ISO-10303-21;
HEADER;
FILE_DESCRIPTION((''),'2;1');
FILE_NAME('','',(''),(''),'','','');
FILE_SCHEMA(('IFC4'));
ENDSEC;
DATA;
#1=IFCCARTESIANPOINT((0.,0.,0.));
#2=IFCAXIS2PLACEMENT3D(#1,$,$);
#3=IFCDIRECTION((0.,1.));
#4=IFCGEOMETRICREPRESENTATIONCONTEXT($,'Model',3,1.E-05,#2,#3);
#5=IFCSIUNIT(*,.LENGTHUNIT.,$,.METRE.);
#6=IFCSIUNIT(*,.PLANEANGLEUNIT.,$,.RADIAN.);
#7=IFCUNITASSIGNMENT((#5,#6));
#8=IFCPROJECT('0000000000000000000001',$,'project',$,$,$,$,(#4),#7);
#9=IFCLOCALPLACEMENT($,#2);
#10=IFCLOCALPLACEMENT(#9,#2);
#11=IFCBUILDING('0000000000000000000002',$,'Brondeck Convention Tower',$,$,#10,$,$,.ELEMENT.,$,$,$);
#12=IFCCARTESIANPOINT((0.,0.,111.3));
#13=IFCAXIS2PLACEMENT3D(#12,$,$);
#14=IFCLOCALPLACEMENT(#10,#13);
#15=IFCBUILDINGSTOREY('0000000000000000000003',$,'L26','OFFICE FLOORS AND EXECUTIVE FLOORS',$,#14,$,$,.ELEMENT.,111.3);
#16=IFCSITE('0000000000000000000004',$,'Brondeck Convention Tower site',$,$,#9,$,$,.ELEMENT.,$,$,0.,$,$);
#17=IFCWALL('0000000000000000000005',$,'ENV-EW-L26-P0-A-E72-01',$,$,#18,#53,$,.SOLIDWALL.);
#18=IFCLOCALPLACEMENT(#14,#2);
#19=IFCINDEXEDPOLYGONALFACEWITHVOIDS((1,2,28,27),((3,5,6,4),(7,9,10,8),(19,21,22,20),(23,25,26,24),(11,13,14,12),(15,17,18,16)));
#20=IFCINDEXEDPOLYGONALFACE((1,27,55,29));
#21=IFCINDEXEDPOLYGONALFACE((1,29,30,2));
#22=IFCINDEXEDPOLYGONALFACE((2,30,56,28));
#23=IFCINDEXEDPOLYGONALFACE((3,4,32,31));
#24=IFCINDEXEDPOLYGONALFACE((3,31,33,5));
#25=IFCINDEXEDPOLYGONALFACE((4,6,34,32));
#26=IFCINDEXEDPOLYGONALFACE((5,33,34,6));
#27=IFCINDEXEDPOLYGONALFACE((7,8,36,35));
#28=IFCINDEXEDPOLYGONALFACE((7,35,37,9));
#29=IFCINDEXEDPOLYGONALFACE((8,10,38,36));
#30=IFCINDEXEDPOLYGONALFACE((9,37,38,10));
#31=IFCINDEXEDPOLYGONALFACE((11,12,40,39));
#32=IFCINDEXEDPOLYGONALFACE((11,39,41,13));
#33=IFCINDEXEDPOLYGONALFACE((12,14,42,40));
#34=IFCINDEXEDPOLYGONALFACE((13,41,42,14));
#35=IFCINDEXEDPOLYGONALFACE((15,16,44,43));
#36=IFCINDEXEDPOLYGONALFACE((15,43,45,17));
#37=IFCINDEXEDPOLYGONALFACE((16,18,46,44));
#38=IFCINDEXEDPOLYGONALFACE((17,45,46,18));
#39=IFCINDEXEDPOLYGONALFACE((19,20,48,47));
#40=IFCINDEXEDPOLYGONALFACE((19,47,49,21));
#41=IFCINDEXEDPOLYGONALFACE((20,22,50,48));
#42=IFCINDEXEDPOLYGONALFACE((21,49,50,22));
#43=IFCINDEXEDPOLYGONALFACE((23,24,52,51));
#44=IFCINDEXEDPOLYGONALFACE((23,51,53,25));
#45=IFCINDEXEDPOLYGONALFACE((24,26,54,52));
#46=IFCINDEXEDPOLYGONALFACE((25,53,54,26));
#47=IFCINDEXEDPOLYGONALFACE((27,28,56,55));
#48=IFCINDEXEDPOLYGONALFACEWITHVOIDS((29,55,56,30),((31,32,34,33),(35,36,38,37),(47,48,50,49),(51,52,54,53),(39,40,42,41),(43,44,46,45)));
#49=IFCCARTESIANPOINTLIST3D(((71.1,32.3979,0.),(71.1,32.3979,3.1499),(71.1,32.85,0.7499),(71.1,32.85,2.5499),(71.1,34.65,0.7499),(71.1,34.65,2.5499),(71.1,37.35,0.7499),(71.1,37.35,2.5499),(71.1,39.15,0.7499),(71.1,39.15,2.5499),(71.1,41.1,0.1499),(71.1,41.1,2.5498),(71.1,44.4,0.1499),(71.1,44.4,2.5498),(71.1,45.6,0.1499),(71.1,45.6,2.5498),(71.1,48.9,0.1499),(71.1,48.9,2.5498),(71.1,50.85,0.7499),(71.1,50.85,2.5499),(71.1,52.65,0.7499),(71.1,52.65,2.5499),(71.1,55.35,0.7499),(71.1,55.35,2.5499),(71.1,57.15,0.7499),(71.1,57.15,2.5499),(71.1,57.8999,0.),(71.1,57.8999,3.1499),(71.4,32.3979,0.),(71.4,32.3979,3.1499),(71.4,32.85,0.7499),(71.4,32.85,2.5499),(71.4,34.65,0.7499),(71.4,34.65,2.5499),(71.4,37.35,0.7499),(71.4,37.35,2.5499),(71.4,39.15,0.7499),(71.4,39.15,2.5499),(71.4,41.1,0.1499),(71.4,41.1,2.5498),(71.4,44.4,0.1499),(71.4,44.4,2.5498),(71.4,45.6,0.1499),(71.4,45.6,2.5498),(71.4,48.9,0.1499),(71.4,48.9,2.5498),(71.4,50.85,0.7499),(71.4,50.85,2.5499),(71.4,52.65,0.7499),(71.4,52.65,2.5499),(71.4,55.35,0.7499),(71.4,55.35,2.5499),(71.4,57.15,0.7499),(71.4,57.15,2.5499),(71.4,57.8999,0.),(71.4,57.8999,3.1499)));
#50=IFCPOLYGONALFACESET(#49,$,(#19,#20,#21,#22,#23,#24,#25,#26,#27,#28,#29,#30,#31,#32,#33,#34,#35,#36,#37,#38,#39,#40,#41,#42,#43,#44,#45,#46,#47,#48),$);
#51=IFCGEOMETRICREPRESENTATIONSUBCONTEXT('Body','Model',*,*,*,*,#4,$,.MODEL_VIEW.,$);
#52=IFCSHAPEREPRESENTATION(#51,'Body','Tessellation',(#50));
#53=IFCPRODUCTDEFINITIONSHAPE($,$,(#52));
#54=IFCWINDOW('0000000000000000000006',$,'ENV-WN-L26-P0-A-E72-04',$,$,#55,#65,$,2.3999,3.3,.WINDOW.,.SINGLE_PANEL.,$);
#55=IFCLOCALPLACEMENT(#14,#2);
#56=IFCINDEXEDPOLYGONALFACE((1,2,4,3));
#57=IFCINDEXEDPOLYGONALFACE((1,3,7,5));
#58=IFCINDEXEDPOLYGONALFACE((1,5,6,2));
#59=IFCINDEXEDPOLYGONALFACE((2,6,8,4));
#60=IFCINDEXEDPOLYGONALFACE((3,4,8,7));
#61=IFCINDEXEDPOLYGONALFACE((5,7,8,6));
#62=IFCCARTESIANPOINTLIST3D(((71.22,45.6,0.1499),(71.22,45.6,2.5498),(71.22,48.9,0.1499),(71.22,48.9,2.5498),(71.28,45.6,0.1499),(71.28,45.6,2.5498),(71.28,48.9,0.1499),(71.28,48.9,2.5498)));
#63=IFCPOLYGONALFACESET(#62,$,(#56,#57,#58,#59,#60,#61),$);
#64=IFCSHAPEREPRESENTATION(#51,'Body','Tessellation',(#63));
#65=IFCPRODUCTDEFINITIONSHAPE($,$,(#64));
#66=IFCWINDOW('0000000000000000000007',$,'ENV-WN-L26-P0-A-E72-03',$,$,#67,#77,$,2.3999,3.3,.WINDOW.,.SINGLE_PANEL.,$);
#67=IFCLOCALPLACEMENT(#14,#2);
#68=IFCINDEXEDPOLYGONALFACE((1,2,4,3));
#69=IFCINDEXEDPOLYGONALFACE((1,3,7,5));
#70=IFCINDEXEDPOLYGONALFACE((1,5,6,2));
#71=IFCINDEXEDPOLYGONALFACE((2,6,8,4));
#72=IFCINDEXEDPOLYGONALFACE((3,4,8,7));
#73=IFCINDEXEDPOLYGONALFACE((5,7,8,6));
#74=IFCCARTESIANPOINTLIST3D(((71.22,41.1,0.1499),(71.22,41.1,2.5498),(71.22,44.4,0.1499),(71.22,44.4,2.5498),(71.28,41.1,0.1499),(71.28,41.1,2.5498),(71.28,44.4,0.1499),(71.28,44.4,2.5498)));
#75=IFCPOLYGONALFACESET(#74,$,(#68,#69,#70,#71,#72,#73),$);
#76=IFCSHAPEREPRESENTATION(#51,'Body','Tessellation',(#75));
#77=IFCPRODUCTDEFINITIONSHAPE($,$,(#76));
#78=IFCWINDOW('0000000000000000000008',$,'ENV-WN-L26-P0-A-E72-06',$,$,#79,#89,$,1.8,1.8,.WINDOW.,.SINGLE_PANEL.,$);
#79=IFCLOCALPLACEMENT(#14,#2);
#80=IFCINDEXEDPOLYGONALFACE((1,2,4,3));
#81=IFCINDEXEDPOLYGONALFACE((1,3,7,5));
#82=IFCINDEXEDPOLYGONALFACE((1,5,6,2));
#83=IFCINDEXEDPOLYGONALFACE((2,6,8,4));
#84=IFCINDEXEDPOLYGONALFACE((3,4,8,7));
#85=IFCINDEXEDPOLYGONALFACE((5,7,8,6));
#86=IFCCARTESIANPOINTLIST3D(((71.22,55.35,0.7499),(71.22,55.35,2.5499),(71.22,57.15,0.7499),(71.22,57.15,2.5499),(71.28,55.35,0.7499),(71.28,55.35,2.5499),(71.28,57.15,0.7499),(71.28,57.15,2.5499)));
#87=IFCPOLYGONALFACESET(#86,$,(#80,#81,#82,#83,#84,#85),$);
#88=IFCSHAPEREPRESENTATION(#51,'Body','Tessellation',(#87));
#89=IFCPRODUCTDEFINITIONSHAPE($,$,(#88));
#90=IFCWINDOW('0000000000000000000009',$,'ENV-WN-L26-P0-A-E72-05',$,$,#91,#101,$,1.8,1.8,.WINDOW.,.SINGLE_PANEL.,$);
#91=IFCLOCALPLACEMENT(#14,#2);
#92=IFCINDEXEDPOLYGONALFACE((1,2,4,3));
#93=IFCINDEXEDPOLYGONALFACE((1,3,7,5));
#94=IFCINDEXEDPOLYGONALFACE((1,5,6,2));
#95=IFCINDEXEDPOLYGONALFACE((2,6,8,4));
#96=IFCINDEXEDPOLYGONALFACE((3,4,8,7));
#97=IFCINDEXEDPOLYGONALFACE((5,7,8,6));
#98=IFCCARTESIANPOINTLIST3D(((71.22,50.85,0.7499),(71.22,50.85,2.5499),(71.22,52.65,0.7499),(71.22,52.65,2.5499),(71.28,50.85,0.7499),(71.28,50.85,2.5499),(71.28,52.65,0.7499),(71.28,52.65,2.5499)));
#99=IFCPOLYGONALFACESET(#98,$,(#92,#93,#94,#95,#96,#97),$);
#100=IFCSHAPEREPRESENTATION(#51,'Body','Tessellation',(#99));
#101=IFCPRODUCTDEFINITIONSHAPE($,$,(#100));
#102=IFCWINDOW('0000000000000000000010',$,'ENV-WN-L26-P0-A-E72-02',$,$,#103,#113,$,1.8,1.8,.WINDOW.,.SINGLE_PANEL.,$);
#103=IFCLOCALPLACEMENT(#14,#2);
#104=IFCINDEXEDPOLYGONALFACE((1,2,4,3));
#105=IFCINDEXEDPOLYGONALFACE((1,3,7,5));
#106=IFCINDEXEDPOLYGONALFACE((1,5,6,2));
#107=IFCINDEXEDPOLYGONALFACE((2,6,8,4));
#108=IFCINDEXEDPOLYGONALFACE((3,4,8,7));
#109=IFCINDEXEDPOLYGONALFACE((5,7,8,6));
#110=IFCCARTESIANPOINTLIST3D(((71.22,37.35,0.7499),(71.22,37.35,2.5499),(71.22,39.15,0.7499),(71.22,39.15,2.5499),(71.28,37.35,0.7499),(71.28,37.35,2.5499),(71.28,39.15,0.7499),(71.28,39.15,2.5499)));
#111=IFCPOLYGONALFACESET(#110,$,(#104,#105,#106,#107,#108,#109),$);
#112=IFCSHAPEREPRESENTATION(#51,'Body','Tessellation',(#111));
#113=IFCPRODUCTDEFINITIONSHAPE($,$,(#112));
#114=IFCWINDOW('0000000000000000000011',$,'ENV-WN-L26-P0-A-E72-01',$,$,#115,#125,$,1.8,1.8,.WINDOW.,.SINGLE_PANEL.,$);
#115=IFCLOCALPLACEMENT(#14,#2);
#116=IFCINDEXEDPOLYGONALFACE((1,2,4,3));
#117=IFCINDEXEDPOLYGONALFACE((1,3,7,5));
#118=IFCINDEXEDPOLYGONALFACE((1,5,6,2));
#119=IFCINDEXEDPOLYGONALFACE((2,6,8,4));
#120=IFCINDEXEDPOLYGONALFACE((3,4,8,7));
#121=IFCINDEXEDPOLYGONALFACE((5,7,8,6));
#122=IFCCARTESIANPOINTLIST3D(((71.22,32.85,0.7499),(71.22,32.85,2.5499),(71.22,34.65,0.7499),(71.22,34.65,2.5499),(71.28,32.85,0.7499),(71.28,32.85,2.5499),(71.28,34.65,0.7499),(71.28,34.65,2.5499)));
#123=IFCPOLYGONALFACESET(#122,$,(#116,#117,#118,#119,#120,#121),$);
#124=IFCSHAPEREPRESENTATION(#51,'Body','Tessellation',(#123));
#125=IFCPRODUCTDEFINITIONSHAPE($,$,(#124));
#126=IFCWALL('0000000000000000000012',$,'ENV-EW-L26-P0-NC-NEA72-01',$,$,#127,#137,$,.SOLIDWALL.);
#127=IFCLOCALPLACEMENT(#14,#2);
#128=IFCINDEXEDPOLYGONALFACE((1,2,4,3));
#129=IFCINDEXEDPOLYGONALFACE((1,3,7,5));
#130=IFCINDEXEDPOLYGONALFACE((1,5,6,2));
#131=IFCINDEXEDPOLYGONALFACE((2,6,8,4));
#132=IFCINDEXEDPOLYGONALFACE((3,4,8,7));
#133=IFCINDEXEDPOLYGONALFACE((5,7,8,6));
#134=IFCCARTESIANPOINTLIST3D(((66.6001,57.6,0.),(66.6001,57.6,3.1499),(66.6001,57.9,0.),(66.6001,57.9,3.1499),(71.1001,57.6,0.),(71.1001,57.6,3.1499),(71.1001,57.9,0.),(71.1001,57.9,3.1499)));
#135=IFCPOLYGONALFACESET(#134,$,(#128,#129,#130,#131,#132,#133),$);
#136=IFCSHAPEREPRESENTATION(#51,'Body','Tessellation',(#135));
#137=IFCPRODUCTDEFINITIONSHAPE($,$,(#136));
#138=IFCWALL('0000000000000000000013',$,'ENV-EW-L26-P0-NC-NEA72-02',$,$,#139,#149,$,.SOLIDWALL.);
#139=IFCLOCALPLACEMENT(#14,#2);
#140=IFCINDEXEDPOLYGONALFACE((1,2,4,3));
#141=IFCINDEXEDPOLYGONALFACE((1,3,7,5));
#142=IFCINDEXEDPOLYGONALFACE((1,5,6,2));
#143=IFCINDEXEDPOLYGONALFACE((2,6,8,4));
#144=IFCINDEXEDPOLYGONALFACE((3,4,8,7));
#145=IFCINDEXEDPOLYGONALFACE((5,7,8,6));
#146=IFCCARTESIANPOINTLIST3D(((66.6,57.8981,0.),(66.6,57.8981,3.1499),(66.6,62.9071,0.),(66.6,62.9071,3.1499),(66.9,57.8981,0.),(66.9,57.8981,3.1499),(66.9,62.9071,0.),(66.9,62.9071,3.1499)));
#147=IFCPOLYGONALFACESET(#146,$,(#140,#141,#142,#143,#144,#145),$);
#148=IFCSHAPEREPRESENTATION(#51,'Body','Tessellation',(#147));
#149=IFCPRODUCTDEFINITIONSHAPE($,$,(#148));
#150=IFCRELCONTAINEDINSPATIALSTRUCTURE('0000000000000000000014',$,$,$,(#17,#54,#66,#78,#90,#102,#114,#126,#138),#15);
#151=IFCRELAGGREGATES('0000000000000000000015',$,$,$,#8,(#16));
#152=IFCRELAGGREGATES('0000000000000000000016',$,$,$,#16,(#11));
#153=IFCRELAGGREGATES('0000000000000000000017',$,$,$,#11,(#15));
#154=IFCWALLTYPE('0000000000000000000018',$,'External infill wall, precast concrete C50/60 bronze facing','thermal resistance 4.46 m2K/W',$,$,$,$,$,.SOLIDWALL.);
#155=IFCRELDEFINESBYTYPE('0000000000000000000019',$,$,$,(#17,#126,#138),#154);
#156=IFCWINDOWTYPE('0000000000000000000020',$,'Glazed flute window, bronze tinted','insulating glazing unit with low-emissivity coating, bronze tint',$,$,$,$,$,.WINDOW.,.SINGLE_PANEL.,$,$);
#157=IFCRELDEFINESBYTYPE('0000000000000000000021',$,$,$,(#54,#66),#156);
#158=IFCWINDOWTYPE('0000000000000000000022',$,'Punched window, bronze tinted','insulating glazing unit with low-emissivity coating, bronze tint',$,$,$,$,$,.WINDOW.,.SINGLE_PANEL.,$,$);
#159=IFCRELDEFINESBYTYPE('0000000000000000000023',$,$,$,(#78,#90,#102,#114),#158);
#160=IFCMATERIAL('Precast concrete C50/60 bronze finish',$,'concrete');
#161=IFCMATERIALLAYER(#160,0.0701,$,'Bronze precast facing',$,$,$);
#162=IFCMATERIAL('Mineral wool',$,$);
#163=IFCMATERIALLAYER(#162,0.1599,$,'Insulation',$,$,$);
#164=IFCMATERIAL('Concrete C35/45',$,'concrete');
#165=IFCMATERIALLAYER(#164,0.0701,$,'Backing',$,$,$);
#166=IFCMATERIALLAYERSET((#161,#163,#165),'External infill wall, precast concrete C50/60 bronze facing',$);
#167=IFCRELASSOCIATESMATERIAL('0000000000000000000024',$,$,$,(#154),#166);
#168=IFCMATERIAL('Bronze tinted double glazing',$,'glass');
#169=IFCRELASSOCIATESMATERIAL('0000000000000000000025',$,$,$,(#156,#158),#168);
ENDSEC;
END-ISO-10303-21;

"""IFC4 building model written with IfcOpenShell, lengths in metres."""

from ifc_helpers import new_model, si_unit, direction, frame, frame_2d, origin, place, context, subcontext, project, spatial, rectangle, extrude, material, layer, layer_set, type_object, element, fill, save


model = new_model("IFC4")

# Units and contexts
model_context = context("Model", 3, precision=1e-05, world=origin(), true_north=direction((0.0, 1.0)))
body_context = subcontext(model_context, "Body", "Model", "MODEL_VIEW")
ifc_project = project(units=[si_unit("LENGTHUNIT", "METRE"), si_unit("PLANEANGLEUNIT", "RADIAN")], contexts=[model_context])

# Site, building, storey
site_placement = place(None, origin())
site = spatial("IfcSite", under=ifc_project, at=site_placement, Name="Brondeck Convention Tower site", CompositionType="ELEMENT", RefElevation=0.0)
building_placement = place(site_placement, origin())
building = spatial("IfcBuilding", under=site, at=building_placement, Name="Brondeck Convention Tower", CompositionType="ELEMENT")
storey_placement = place(building_placement, frame((0.0, 0.0, 111.3)))
storey = spatial("IfcBuildingStorey", under=building, at=storey_placement, Name="L26", Description="OFFICE FLOORS AND EXECUTIVE FLOORS", CompositionType="ELEMENT", Elevation=111.3)

# Wall, openings, windows
ifc_material_1 = material(Name="Precast concrete C50/60 bronze finish", Category="concrete")
ifc_layer_1 = layer(ifc_material_1, 0.0701, Name="Bronze precast facing")
ifc_material_2 = material(Name="Mineral wool")
ifc_layer_2 = layer(ifc_material_2, 0.1599, Name="Insulation")
ifc_material_3 = material(Name="Concrete C35/45", Category="concrete")
ifc_layer_3 = layer(ifc_material_3, 0.0701, Name="Backing")
ifc_layer_set_1 = layer_set([ifc_layer_1, ifc_layer_2, ifc_layer_3], Name="External infill wall, precast concrete C50/60 bronze facing")
wall_type_1 = type_object("IfcWallType", Name="External infill wall, precast concrete C50/60 bronze facing", Description="thermal resistance 4.46 m2K/W", PredefinedType="SOLIDWALL", material=ifc_layer_set_1)
wall_1_placement = place(storey_placement, frame((71.25, 57.8999, 0.0), z_axis=(0.0, 0.0, 1.0), x_axis=(0.0, -1.0, 0.0)))
wall_1 = element("IfcWall", 1, at=wall_1_placement, inside=storey, type_object=wall_type_1, Name="ENV-EW-L26-P0-A-E72-01", PredefinedType="SOLIDWALL", context=body_context, shape_type="SweptSolid", body=[
    extrude(rectangle(XDim=25.502, YDim=0.3, at=frame_2d((12.751, 0.0))), origin(), (0.0, 0.0, 1.0), 3.1499),
])
opening_1_placement = place(wall_1_placement, frame((0.75, 0.0, 0.75)))
opening_1 = element("IfcOpeningElement", 2, at=opening_1_placement, cuts=wall_1, PredefinedType="OPENING", context=body_context, shape_type="SweptSolid", body=[
    extrude(rectangle(XDim=1.8, YDim=1.8, at=frame_2d((0.8999, 0.8999))), frame((0.0, 0.1599, 0.0), z_axis=(0.0, -1.0, 0.0), x_axis=(1.0, 0.0, 0.0)), (0.0, 0.0, 1.0), 0.3201),
])
opening_2_placement = place(wall_1_placement, frame((5.25, 0.0, 0.75)))
opening_2 = element("IfcOpeningElement", 3, at=opening_2_placement, cuts=wall_1, PredefinedType="OPENING", context=body_context, shape_type="SweptSolid", body=[
    extrude(rectangle(XDim=1.8, YDim=1.8, at=frame_2d((0.8999, 0.8999))), frame((0.0, 0.1599, 0.0), z_axis=(0.0, -1.0, 0.0), x_axis=(1.0, 0.0, 0.0)), (0.0, 0.0, 1.0), 0.3201),
])
opening_3_placement = place(wall_1_placement, frame((9.0, 0.0, 0.1499)))
opening_3 = element("IfcOpeningElement", 4, at=opening_3_placement, cuts=wall_1, PredefinedType="OPENING", context=body_context, shape_type="SweptSolid", body=[
    extrude(rectangle(XDim=3.3, YDim=2.3999, at=frame_2d((1.6499, 1.2))), frame((0.0, 0.1599, 0.0), z_axis=(0.0, -1.0, 0.0), x_axis=(1.0, 0.0, 0.0)), (0.0, 0.0, 1.0), 0.3201),
])
opening_4_placement = place(wall_1_placement, frame((13.5, 0.0, 0.1499)))
opening_4 = element("IfcOpeningElement", 5, at=opening_4_placement, cuts=wall_1, PredefinedType="OPENING", context=body_context, shape_type="SweptSolid", body=[
    extrude(rectangle(XDim=3.3, YDim=2.3999, at=frame_2d((1.6499, 1.2))), frame((0.0, 0.1599, 0.0), z_axis=(0.0, -1.0, 0.0), x_axis=(1.0, 0.0, 0.0)), (0.0, 0.0, 1.0), 0.3201),
])
opening_5_placement = place(wall_1_placement, frame((18.75, 0.0, 0.75)))
opening_5 = element("IfcOpeningElement", 6, at=opening_5_placement, cuts=wall_1, PredefinedType="OPENING", context=body_context, shape_type="SweptSolid", body=[
    extrude(rectangle(XDim=1.8, YDim=1.8, at=frame_2d((0.8999, 0.8999))), frame((0.0, 0.1599, 0.0), z_axis=(0.0, -1.0, 0.0), x_axis=(1.0, 0.0, 0.0)), (0.0, 0.0, 1.0), 0.3201),
])
opening_6_placement = place(wall_1_placement, frame((23.25, 0.0, 0.75)))
opening_6 = element("IfcOpeningElement", 7, at=opening_6_placement, cuts=wall_1, PredefinedType="OPENING", context=body_context, shape_type="SweptSolid", body=[
    extrude(rectangle(XDim=1.8, YDim=1.8, at=frame_2d((0.8999, 0.8999))), frame((0.0, 0.1599, 0.0), z_axis=(0.0, -1.0, 0.0), x_axis=(1.0, 0.0, 0.0)), (0.0, 0.0, 1.0), 0.3201),
])
ifc_material_4 = material(Name="Bronze tinted double glazing", Category="glass")
window_type_1 = type_object("IfcWindowType", Name="Glazed flute window, bronze tinted", Description="insulating glazing unit with low-emissivity coating, bronze tint", PartitioningType="SINGLE_PANEL", PredefinedType="WINDOW", material=ifc_material_4)
window_1_placement = place(opening_3_placement, origin())
window_1 = element("IfcWindow", 8, at=window_1_placement, inside=storey, type_object=window_type_1, Name="ENV-WN-L26-P0-A-E72-04", OverallHeight=2.3999, OverallWidth=3.3, PartitioningType="SINGLE_PANEL", PredefinedType="WINDOW", context=body_context, shape_type="SweptSolid", body=[
    extrude(rectangle(XDim=3.3, YDim=2.3999, at=frame_2d((1.6499, 1.2))), frame((0.0, 0.03, 0.0), z_axis=(0.0, -1.0, 0.0), x_axis=(1.0, 0.0, 0.0)), (0.0, 0.0, 1.0), 0.0601),
])
fill(opening_3, window_1)
window_2_placement = place(opening_4_placement, origin())
window_2 = element("IfcWindow", 9, at=window_2_placement, inside=storey, type_object=window_type_1, Name="ENV-WN-L26-P0-A-E72-03", OverallHeight=2.3999, OverallWidth=3.3, PartitioningType="SINGLE_PANEL", PredefinedType="WINDOW", context=body_context, shape_type="SweptSolid", body=[
    extrude(rectangle(XDim=3.3, YDim=2.3999, at=frame_2d((1.6499, 1.2))), frame((0.0, 0.03, 0.0), z_axis=(0.0, -1.0, 0.0), x_axis=(1.0, 0.0, 0.0)), (0.0, 0.0, 1.0), 0.0601),
])
fill(opening_4, window_2)
window_type_2 = type_object("IfcWindowType", Name="Punched window, bronze tinted", Description="insulating glazing unit with low-emissivity coating, bronze tint", PartitioningType="SINGLE_PANEL", PredefinedType="WINDOW", material=ifc_material_4)
window_3_placement = place(opening_1_placement, origin())
window_3 = element("IfcWindow", 10, at=window_3_placement, inside=storey, type_object=window_type_2, Name="ENV-WN-L26-P0-A-E72-06", OverallHeight=1.8, OverallWidth=1.8, PartitioningType="SINGLE_PANEL", PredefinedType="WINDOW", context=body_context, shape_type="SweptSolid", body=[
    extrude(rectangle(XDim=1.8, YDim=1.8, at=frame_2d((0.8999, 0.8999))), frame((0.0, 0.03, 0.0), z_axis=(0.0, -1.0, 0.0), x_axis=(1.0, 0.0, 0.0)), (0.0, 0.0, 1.0), 0.0601),
])
fill(opening_1, window_3)
window_4_placement = place(opening_2_placement, origin())
window_4 = element("IfcWindow", 11, at=window_4_placement, inside=storey, type_object=window_type_2, Name="ENV-WN-L26-P0-A-E72-05", OverallHeight=1.8, OverallWidth=1.8, PartitioningType="SINGLE_PANEL", PredefinedType="WINDOW", context=body_context, shape_type="SweptSolid", body=[
    extrude(rectangle(XDim=1.8, YDim=1.8, at=frame_2d((0.8999, 0.8999))), frame((0.0, 0.03, 0.0), z_axis=(0.0, -1.0, 0.0), x_axis=(1.0, 0.0, 0.0)), (0.0, 0.0, 1.0), 0.0601),
])
fill(opening_2, window_4)
window_5_placement = place(opening_5_placement, origin())
window_5 = element("IfcWindow", 12, at=window_5_placement, inside=storey, type_object=window_type_2, Name="ENV-WN-L26-P0-A-E72-02", OverallHeight=1.8, OverallWidth=1.8, PartitioningType="SINGLE_PANEL", PredefinedType="WINDOW", context=body_context, shape_type="SweptSolid", body=[
    extrude(rectangle(XDim=1.8, YDim=1.8, at=frame_2d((0.8999, 0.8999))), frame((0.0, 0.03, 0.0), z_axis=(0.0, -1.0, 0.0), x_axis=(1.0, 0.0, 0.0)), (0.0, 0.0, 1.0), 0.0601),
])
fill(opening_5, window_5)
window_6_placement = place(opening_6_placement, origin())
window_6 = element("IfcWindow", 13, at=window_6_placement, inside=storey, type_object=window_type_2, Name="ENV-WN-L26-P0-A-E72-01", OverallHeight=1.8, OverallWidth=1.8, PartitioningType="SINGLE_PANEL", PredefinedType="WINDOW", context=body_context, shape_type="SweptSolid", body=[
    extrude(rectangle(XDim=1.8, YDim=1.8, at=frame_2d((0.8999, 0.8999))), frame((0.0, 0.03, 0.0), z_axis=(0.0, -1.0, 0.0), x_axis=(1.0, 0.0, 0.0)), (0.0, 0.0, 1.0), 0.0601),
])
fill(opening_6, window_6)

# Walls
wall_2_placement = place(storey_placement, frame((66.6001, 57.75, 0.0), z_axis=(0.0, 0.0, 1.0), x_axis=(1.0, 0.0, 0.0)))
element("IfcWall", 14, at=wall_2_placement, inside=storey, type_object=wall_type_1, Name="ENV-EW-L26-P0-NC-NEA72-01", PredefinedType="SOLIDWALL", context=body_context, shape_type="SweptSolid", body=[
    extrude(rectangle(XDim=4.5, YDim=0.3, at=frame_2d((2.25, 0.0))), origin(), (0.0, 0.0, 1.0), 3.1499),
])
wall_3_placement = place(storey_placement, frame((66.75, 62.907, 0.0), z_axis=(0.0, 0.0, 1.0), x_axis=(0.0, -1.0, 0.0)))
element("IfcWall", 15, at=wall_3_placement, inside=storey, type_object=wall_type_1, Name="ENV-EW-L26-P0-NC-NEA72-02", PredefinedType="SOLIDWALL", context=body_context, shape_type="SweptSolid", body=[
    extrude(rectangle(XDim=5.009, YDim=0.3, at=frame_2d((2.5044, 0.0))), origin(), (0.0, 0.0, 1.0), 3.1499),
])

save(model, "model.ifc")
